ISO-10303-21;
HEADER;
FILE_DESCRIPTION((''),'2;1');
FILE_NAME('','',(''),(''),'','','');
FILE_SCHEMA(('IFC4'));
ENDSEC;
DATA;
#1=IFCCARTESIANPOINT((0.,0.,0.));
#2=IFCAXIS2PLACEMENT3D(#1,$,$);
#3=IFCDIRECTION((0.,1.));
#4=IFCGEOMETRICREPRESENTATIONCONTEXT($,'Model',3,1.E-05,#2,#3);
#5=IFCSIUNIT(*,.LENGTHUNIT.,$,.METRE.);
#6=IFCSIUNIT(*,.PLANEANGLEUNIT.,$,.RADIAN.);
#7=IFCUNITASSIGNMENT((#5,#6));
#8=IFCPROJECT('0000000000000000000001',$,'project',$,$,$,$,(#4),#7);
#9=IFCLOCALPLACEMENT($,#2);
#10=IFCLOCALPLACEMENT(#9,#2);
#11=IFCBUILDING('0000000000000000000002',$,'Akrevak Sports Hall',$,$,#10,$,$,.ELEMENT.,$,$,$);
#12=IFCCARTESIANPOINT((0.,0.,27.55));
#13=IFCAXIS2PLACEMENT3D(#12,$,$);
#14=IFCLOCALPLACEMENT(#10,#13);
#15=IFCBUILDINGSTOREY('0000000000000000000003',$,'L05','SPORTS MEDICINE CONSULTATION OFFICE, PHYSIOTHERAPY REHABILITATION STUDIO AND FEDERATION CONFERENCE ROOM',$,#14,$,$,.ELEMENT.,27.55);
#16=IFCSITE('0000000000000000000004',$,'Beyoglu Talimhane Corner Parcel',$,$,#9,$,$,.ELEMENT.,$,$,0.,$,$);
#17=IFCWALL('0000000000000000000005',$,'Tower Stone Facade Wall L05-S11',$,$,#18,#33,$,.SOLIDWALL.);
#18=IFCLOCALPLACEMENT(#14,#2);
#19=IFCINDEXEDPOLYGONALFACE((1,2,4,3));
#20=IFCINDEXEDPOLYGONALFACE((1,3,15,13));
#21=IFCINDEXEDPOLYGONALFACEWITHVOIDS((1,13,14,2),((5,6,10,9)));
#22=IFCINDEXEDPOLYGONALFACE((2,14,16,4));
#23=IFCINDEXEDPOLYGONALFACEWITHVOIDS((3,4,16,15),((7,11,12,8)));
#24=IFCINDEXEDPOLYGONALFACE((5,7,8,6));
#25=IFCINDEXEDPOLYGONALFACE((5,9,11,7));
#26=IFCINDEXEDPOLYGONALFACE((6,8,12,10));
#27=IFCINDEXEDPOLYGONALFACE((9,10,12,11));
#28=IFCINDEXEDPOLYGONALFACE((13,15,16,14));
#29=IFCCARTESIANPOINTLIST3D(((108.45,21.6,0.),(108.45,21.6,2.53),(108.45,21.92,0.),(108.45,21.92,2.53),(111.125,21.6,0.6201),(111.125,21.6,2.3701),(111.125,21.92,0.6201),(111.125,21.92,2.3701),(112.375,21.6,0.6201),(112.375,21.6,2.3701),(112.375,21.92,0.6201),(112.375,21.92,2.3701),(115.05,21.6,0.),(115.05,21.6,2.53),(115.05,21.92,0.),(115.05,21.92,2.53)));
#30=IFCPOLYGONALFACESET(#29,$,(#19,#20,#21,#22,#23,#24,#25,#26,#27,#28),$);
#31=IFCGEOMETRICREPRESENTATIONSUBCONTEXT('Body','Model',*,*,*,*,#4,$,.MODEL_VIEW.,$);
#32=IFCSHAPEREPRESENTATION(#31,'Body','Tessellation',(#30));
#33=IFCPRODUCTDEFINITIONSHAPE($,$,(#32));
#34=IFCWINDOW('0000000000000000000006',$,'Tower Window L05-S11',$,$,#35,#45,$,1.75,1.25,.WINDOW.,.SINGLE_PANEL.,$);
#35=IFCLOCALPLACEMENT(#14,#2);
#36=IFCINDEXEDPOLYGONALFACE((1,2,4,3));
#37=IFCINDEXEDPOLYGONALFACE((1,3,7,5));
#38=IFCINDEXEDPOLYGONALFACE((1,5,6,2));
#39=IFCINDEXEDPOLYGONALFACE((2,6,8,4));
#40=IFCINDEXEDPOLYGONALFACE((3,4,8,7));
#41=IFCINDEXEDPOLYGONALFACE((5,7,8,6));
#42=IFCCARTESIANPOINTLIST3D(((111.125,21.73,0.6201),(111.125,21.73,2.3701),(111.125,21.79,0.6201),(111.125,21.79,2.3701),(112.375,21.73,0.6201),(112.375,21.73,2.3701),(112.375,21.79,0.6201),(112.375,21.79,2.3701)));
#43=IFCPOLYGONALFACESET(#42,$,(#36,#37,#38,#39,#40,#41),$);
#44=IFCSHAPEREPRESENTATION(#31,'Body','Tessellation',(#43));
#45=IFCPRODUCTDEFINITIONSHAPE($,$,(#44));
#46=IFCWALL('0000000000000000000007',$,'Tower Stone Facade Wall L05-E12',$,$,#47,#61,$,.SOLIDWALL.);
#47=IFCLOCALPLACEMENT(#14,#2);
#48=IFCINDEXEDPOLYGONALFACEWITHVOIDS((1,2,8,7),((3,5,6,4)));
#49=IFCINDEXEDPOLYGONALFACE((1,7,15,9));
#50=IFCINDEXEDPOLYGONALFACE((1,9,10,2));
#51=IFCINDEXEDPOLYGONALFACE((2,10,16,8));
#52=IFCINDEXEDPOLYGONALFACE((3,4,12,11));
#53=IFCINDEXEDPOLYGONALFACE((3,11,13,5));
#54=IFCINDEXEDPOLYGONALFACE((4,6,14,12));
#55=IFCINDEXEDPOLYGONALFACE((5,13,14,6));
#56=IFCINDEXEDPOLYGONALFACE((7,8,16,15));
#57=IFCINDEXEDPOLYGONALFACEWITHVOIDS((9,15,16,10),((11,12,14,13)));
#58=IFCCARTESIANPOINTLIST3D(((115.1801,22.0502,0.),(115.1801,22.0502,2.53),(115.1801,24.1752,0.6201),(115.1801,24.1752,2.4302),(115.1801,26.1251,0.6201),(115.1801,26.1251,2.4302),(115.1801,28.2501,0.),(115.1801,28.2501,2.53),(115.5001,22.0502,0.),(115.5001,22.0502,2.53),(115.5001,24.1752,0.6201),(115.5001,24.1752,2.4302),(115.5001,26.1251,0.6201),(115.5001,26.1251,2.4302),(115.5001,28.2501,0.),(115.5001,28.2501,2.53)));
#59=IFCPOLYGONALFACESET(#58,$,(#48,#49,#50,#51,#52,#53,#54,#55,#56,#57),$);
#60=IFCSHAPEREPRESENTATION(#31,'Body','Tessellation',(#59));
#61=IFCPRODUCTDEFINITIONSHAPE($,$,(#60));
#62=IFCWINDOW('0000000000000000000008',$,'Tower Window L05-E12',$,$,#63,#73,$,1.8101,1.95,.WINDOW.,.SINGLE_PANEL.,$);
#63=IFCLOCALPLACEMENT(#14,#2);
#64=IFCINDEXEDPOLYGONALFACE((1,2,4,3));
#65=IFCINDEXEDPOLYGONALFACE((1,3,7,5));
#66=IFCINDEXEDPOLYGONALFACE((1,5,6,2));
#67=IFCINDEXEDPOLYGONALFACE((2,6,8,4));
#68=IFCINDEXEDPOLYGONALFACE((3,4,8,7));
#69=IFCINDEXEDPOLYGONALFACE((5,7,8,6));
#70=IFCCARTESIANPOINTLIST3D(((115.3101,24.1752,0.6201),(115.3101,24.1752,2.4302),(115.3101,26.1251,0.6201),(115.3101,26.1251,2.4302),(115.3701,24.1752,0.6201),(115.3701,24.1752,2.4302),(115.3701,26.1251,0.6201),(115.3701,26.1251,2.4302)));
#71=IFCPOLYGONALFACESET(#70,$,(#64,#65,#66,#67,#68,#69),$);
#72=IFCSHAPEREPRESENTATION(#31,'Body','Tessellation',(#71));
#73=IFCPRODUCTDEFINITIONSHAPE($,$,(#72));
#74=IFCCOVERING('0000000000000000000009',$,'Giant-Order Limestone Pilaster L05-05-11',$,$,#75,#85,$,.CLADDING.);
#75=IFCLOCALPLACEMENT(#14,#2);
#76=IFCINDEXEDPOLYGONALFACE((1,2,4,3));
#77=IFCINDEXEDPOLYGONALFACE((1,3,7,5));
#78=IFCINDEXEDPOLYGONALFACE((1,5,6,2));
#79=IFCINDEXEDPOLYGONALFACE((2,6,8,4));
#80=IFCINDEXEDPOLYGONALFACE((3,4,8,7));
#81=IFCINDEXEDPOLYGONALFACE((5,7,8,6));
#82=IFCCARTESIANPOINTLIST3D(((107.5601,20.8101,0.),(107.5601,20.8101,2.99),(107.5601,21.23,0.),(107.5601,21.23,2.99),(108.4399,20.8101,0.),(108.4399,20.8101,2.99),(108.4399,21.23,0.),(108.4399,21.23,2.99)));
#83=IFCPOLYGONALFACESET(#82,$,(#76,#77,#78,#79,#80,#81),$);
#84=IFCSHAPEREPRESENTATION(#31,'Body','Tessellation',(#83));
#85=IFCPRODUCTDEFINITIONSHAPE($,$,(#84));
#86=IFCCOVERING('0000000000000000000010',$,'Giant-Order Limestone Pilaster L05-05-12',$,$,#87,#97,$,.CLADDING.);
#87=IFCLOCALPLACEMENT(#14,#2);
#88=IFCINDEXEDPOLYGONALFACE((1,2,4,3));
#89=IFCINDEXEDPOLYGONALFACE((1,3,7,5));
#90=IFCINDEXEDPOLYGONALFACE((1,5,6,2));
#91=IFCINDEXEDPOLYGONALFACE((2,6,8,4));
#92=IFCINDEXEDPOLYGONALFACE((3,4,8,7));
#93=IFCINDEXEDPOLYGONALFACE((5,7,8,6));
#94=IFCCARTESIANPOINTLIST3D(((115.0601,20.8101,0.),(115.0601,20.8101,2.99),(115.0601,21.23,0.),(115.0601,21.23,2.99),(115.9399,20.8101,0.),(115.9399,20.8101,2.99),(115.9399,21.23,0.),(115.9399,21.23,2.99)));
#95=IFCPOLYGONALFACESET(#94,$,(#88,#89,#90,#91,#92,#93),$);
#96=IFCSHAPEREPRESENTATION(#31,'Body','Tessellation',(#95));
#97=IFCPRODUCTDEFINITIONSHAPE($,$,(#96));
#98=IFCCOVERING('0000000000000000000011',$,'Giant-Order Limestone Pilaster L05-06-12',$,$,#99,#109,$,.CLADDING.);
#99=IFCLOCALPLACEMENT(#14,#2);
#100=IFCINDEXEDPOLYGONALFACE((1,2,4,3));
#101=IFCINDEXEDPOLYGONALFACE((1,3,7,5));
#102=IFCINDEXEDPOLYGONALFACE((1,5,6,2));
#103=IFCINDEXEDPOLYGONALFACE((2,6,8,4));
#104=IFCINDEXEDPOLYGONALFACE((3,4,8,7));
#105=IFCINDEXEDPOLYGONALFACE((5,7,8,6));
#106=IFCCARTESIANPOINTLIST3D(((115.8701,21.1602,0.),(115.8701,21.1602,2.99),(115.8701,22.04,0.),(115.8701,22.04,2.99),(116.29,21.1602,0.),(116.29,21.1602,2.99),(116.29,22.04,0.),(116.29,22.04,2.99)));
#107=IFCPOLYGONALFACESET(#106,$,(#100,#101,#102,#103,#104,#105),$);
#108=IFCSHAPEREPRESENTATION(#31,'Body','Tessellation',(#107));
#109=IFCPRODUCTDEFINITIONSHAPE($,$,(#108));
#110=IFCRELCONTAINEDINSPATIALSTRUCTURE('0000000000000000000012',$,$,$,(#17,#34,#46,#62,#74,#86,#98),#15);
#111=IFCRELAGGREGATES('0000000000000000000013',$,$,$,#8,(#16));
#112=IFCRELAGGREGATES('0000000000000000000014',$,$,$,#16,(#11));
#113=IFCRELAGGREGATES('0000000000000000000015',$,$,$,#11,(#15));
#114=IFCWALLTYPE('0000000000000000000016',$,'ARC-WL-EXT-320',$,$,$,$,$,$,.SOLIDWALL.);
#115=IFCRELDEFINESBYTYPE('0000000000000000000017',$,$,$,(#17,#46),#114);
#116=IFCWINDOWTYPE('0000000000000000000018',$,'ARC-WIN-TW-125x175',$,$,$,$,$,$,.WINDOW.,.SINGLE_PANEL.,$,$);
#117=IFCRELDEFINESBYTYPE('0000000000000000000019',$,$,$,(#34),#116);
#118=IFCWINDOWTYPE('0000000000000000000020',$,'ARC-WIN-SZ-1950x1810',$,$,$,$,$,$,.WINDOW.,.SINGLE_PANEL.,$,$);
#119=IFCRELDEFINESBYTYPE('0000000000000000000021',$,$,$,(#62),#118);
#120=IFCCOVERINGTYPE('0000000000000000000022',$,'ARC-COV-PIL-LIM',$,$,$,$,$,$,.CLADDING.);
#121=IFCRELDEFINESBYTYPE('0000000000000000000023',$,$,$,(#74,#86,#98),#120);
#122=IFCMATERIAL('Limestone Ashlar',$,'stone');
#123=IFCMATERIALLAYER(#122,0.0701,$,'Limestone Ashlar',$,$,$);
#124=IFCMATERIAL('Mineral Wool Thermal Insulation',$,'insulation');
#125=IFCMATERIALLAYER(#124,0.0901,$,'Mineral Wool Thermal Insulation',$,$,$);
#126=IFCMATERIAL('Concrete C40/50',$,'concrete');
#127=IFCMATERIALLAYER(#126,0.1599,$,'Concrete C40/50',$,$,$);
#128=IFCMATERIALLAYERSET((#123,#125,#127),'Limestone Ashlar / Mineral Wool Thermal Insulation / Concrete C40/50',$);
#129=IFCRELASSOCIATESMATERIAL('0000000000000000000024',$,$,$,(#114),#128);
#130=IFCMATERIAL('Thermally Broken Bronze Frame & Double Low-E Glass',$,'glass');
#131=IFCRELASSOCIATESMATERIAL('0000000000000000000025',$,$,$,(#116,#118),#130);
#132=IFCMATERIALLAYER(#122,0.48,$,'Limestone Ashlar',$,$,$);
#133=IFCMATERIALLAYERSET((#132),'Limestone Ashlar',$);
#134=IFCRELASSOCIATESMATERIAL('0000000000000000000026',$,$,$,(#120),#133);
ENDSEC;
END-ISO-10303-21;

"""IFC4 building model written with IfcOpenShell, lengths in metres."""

from ifc_helpers import new_model, si_unit, direction, frame, frame_2d, origin, origin_2d, place, context, subcontext, project, spatial, rectangle, extrude, material, layer, layer_set, type_object, element, fill, save


model = new_model("IFC4")

# Units and contexts
model_context = context("Model", 3, precision=1e-05, world=origin(), true_north=direction((0.0, 1.0)))
body_context = subcontext(model_context, "Body", "Model", "MODEL_VIEW")
ifc_project = project(units=[si_unit("LENGTHUNIT", "METRE"), si_unit("PLANEANGLEUNIT", "RADIAN")], contexts=[model_context])

# Site, building, storey
site_placement = place(None, origin())
site = spatial("IfcSite", under=ifc_project, at=site_placement, Name="Beyoglu Talimhane Corner Parcel", CompositionType="ELEMENT", RefElevation=0.0)
building_placement = place(site_placement, origin())
building = spatial("IfcBuilding", under=site, at=building_placement, Name="Akrevak Sports Hall", CompositionType="ELEMENT")
storey_placement = place(building_placement, frame((0.0, 0.0, 27.55)))
storey = spatial("IfcBuildingStorey", under=building, at=storey_placement, Name="L05", Description="SPORTS MEDICINE CONSULTATION OFFICE, PHYSIOTHERAPY REHABILITATION STUDIO AND FEDERATION CONFERENCE ROOM", CompositionType="ELEMENT", Elevation=27.55)

# Shared definitions
ifc_material_1 = material(Name="Concrete C40/50", Category="concrete")

# Walls, openings, windows
ifc_material_2 = material(Name="Limestone Ashlar", Category="stone")
ifc_layer_1 = layer(ifc_material_2, 0.0701, Name="Limestone Ashlar")
ifc_material_3 = material(Name="Mineral Wool Thermal Insulation", Category="insulation")
ifc_layer_2 = layer(ifc_material_3, 0.0901, Name="Mineral Wool Thermal Insulation")
ifc_layer_3 = layer(ifc_material_1, 0.1599, Name="Concrete C40/50")
ifc_layer_set_1 = layer_set([ifc_layer_1, ifc_layer_2, ifc_layer_3], Name="Limestone Ashlar / Mineral Wool Thermal Insulation / Concrete C40/50")
wall_type = type_object("IfcWallType", Name="ARC-WL-EXT-320", PredefinedType="SOLIDWALL", material=ifc_layer_set_1)
ifc_material_4 = material(Name="Thermally Broken Bronze Frame & Double Low-E Glass", Category="glass")
wall_1_placement = place(storey_placement, frame((108.45, 21.76, 0.0), z_axis=(0.0, 0.0, 1.0), x_axis=(1.0, 0.0, 0.0)))
wall_1 = element("IfcWall", 1, at=wall_1_placement, inside=storey, type_object=wall_type, Name="Tower Stone Facade Wall L05-S11", PredefinedType="SOLIDWALL", context=body_context, shape_type="SweptSolid", body=[
    extrude(rectangle(XDim=6.6001, YDim=0.3201, at=frame_2d((3.3, 0.0))), origin(), (0.0, 0.0, 1.0), 2.53),
])
opening_1_placement = place(wall_1_placement, frame((2.675, 0.0, 0.6201)))
opening_1 = element("IfcOpeningElement", 2, at=opening_1_placement, cuts=wall_1, PredefinedType="OPENING", context=body_context, shape_type="SweptSolid", body=[
    extrude(rectangle(XDim=1.25, YDim=1.75, at=frame_2d((0.625, 0.875))), frame((0.0, 0.1719, 0.0), z_axis=(0.0, -1.0, 0.0), x_axis=(1.0, 0.0, 0.0)), (0.0, 0.0, 1.0), 0.344),
])
window_type_1 = type_object("IfcWindowType", Name="ARC-WIN-TW-125x175", PartitioningType="SINGLE_PANEL", PredefinedType="WINDOW", material=ifc_material_4)
window_1_placement = place(opening_1_placement, origin())
window_1 = element("IfcWindow", 3, at=window_1_placement, inside=storey, type_object=window_type_1, Name="Tower Window L05-S11", OverallHeight=1.75, OverallWidth=1.25, PartitioningType="SINGLE_PANEL", PredefinedType="WINDOW", context=body_context, shape_type="SweptSolid", body=[
    extrude(rectangle(XDim=1.25, YDim=1.75, at=frame_2d((0.625, 0.875))), frame((0.0, 0.03, 0.0), z_axis=(0.0, -1.0, 0.0), x_axis=(1.0, 0.0, 0.0)), (0.0, 0.0, 1.0), 0.0601),
])
fill(opening_1, window_1)
wall_2_placement = place(storey_placement, frame((115.3401, 22.05, 0.0), z_axis=(0.0, 0.0, 1.0), x_axis=(0.0, 1.0, 0.0)))
wall_2 = element("IfcWall", 4, at=wall_2_placement, inside=storey, type_object=wall_type, Name="Tower Stone Facade Wall L05-E12", PredefinedType="SOLIDWALL", context=body_context, shape_type="SweptSolid", body=[
    extrude(rectangle(XDim=6.2, YDim=0.3201, at=frame_2d((3.1001, 0.0))), origin(), (0.0, 0.0, 1.0), 2.53),
])
opening_2_placement = place(wall_2_placement, frame((2.125, 0.0, 0.6201)))
opening_2 = element("IfcOpeningElement", 5, at=opening_2_placement, cuts=wall_2, PredefinedType="OPENING", context=body_context, shape_type="SweptSolid", body=[
    extrude(rectangle(XDim=1.95, YDim=1.8101, at=frame_2d((0.9751, 0.905))), frame((0.0, 0.1719, 0.0), z_axis=(0.0, -1.0, 0.0), x_axis=(1.0, 0.0, 0.0)), (0.0, 0.0, 1.0), 0.344),
])
window_type_2 = type_object("IfcWindowType", Name="ARC-WIN-SZ-1950x1810", PartitioningType="SINGLE_PANEL", PredefinedType="WINDOW", material=ifc_material_4)
window_2_placement = place(opening_2_placement, origin())
window_2 = element("IfcWindow", 6, at=window_2_placement, inside=storey, type_object=window_type_2, Name="Tower Window L05-E12", OverallHeight=1.8101, OverallWidth=1.95, PartitioningType="SINGLE_PANEL", PredefinedType="WINDOW", context=body_context, shape_type="SweptSolid", body=[
    extrude(rectangle(XDim=1.95, YDim=1.8101, at=frame_2d((0.9751, 0.905))), frame((0.0, 0.03, 0.0), z_axis=(0.0, -1.0, 0.0), x_axis=(1.0, 0.0, 0.0)), (0.0, 0.0, 1.0), 0.0601),
])
fill(opening_2, window_2)

# Coverings
ifc_layer_4 = layer(ifc_material_2, 0.48, Name="Limestone Ashlar")
ifc_layer_set_2 = layer_set([ifc_layer_4], Name="Limestone Ashlar")
covering_type = type_object("IfcCoveringType", Name="ARC-COV-PIL-LIM", PredefinedType="CLADDING", material=ifc_layer_set_2)
for number, where, z_axis, x_axis, name in (
    (7, (108.0, 21.02, 0.0), (0.0, 0.0, 1.0), (1.0, 0.0, 0.0), "Giant-Order Limestone Pilaster L05-05-11"),
    (8, (115.5, 21.02, 0.0), (0.0, 0.0, 1.0), (1.0, 0.0, 0.0), "Giant-Order Limestone Pilaster L05-05-12"),
    (9, (116.0801, 21.6001, 0.0), (0.0, 0.0, 1.0), (0.0, 1.0, 0.0), "Giant-Order Limestone Pilaster L05-06-12"),
):
    element("IfcCovering", number, at=place(storey_placement, frame(where, z_axis=z_axis, x_axis=x_axis)), inside=storey, type_object=covering_type, Name=name, PredefinedType="CLADDING", context=body_context, shape_type="SweptSolid", body=[
        extrude(rectangle(XDim=0.8799, YDim=0.4199, at=origin_2d()), origin(), (0.0, 0.0, 1.0), 2.99),
    ])

save(model, "model.ifc")
